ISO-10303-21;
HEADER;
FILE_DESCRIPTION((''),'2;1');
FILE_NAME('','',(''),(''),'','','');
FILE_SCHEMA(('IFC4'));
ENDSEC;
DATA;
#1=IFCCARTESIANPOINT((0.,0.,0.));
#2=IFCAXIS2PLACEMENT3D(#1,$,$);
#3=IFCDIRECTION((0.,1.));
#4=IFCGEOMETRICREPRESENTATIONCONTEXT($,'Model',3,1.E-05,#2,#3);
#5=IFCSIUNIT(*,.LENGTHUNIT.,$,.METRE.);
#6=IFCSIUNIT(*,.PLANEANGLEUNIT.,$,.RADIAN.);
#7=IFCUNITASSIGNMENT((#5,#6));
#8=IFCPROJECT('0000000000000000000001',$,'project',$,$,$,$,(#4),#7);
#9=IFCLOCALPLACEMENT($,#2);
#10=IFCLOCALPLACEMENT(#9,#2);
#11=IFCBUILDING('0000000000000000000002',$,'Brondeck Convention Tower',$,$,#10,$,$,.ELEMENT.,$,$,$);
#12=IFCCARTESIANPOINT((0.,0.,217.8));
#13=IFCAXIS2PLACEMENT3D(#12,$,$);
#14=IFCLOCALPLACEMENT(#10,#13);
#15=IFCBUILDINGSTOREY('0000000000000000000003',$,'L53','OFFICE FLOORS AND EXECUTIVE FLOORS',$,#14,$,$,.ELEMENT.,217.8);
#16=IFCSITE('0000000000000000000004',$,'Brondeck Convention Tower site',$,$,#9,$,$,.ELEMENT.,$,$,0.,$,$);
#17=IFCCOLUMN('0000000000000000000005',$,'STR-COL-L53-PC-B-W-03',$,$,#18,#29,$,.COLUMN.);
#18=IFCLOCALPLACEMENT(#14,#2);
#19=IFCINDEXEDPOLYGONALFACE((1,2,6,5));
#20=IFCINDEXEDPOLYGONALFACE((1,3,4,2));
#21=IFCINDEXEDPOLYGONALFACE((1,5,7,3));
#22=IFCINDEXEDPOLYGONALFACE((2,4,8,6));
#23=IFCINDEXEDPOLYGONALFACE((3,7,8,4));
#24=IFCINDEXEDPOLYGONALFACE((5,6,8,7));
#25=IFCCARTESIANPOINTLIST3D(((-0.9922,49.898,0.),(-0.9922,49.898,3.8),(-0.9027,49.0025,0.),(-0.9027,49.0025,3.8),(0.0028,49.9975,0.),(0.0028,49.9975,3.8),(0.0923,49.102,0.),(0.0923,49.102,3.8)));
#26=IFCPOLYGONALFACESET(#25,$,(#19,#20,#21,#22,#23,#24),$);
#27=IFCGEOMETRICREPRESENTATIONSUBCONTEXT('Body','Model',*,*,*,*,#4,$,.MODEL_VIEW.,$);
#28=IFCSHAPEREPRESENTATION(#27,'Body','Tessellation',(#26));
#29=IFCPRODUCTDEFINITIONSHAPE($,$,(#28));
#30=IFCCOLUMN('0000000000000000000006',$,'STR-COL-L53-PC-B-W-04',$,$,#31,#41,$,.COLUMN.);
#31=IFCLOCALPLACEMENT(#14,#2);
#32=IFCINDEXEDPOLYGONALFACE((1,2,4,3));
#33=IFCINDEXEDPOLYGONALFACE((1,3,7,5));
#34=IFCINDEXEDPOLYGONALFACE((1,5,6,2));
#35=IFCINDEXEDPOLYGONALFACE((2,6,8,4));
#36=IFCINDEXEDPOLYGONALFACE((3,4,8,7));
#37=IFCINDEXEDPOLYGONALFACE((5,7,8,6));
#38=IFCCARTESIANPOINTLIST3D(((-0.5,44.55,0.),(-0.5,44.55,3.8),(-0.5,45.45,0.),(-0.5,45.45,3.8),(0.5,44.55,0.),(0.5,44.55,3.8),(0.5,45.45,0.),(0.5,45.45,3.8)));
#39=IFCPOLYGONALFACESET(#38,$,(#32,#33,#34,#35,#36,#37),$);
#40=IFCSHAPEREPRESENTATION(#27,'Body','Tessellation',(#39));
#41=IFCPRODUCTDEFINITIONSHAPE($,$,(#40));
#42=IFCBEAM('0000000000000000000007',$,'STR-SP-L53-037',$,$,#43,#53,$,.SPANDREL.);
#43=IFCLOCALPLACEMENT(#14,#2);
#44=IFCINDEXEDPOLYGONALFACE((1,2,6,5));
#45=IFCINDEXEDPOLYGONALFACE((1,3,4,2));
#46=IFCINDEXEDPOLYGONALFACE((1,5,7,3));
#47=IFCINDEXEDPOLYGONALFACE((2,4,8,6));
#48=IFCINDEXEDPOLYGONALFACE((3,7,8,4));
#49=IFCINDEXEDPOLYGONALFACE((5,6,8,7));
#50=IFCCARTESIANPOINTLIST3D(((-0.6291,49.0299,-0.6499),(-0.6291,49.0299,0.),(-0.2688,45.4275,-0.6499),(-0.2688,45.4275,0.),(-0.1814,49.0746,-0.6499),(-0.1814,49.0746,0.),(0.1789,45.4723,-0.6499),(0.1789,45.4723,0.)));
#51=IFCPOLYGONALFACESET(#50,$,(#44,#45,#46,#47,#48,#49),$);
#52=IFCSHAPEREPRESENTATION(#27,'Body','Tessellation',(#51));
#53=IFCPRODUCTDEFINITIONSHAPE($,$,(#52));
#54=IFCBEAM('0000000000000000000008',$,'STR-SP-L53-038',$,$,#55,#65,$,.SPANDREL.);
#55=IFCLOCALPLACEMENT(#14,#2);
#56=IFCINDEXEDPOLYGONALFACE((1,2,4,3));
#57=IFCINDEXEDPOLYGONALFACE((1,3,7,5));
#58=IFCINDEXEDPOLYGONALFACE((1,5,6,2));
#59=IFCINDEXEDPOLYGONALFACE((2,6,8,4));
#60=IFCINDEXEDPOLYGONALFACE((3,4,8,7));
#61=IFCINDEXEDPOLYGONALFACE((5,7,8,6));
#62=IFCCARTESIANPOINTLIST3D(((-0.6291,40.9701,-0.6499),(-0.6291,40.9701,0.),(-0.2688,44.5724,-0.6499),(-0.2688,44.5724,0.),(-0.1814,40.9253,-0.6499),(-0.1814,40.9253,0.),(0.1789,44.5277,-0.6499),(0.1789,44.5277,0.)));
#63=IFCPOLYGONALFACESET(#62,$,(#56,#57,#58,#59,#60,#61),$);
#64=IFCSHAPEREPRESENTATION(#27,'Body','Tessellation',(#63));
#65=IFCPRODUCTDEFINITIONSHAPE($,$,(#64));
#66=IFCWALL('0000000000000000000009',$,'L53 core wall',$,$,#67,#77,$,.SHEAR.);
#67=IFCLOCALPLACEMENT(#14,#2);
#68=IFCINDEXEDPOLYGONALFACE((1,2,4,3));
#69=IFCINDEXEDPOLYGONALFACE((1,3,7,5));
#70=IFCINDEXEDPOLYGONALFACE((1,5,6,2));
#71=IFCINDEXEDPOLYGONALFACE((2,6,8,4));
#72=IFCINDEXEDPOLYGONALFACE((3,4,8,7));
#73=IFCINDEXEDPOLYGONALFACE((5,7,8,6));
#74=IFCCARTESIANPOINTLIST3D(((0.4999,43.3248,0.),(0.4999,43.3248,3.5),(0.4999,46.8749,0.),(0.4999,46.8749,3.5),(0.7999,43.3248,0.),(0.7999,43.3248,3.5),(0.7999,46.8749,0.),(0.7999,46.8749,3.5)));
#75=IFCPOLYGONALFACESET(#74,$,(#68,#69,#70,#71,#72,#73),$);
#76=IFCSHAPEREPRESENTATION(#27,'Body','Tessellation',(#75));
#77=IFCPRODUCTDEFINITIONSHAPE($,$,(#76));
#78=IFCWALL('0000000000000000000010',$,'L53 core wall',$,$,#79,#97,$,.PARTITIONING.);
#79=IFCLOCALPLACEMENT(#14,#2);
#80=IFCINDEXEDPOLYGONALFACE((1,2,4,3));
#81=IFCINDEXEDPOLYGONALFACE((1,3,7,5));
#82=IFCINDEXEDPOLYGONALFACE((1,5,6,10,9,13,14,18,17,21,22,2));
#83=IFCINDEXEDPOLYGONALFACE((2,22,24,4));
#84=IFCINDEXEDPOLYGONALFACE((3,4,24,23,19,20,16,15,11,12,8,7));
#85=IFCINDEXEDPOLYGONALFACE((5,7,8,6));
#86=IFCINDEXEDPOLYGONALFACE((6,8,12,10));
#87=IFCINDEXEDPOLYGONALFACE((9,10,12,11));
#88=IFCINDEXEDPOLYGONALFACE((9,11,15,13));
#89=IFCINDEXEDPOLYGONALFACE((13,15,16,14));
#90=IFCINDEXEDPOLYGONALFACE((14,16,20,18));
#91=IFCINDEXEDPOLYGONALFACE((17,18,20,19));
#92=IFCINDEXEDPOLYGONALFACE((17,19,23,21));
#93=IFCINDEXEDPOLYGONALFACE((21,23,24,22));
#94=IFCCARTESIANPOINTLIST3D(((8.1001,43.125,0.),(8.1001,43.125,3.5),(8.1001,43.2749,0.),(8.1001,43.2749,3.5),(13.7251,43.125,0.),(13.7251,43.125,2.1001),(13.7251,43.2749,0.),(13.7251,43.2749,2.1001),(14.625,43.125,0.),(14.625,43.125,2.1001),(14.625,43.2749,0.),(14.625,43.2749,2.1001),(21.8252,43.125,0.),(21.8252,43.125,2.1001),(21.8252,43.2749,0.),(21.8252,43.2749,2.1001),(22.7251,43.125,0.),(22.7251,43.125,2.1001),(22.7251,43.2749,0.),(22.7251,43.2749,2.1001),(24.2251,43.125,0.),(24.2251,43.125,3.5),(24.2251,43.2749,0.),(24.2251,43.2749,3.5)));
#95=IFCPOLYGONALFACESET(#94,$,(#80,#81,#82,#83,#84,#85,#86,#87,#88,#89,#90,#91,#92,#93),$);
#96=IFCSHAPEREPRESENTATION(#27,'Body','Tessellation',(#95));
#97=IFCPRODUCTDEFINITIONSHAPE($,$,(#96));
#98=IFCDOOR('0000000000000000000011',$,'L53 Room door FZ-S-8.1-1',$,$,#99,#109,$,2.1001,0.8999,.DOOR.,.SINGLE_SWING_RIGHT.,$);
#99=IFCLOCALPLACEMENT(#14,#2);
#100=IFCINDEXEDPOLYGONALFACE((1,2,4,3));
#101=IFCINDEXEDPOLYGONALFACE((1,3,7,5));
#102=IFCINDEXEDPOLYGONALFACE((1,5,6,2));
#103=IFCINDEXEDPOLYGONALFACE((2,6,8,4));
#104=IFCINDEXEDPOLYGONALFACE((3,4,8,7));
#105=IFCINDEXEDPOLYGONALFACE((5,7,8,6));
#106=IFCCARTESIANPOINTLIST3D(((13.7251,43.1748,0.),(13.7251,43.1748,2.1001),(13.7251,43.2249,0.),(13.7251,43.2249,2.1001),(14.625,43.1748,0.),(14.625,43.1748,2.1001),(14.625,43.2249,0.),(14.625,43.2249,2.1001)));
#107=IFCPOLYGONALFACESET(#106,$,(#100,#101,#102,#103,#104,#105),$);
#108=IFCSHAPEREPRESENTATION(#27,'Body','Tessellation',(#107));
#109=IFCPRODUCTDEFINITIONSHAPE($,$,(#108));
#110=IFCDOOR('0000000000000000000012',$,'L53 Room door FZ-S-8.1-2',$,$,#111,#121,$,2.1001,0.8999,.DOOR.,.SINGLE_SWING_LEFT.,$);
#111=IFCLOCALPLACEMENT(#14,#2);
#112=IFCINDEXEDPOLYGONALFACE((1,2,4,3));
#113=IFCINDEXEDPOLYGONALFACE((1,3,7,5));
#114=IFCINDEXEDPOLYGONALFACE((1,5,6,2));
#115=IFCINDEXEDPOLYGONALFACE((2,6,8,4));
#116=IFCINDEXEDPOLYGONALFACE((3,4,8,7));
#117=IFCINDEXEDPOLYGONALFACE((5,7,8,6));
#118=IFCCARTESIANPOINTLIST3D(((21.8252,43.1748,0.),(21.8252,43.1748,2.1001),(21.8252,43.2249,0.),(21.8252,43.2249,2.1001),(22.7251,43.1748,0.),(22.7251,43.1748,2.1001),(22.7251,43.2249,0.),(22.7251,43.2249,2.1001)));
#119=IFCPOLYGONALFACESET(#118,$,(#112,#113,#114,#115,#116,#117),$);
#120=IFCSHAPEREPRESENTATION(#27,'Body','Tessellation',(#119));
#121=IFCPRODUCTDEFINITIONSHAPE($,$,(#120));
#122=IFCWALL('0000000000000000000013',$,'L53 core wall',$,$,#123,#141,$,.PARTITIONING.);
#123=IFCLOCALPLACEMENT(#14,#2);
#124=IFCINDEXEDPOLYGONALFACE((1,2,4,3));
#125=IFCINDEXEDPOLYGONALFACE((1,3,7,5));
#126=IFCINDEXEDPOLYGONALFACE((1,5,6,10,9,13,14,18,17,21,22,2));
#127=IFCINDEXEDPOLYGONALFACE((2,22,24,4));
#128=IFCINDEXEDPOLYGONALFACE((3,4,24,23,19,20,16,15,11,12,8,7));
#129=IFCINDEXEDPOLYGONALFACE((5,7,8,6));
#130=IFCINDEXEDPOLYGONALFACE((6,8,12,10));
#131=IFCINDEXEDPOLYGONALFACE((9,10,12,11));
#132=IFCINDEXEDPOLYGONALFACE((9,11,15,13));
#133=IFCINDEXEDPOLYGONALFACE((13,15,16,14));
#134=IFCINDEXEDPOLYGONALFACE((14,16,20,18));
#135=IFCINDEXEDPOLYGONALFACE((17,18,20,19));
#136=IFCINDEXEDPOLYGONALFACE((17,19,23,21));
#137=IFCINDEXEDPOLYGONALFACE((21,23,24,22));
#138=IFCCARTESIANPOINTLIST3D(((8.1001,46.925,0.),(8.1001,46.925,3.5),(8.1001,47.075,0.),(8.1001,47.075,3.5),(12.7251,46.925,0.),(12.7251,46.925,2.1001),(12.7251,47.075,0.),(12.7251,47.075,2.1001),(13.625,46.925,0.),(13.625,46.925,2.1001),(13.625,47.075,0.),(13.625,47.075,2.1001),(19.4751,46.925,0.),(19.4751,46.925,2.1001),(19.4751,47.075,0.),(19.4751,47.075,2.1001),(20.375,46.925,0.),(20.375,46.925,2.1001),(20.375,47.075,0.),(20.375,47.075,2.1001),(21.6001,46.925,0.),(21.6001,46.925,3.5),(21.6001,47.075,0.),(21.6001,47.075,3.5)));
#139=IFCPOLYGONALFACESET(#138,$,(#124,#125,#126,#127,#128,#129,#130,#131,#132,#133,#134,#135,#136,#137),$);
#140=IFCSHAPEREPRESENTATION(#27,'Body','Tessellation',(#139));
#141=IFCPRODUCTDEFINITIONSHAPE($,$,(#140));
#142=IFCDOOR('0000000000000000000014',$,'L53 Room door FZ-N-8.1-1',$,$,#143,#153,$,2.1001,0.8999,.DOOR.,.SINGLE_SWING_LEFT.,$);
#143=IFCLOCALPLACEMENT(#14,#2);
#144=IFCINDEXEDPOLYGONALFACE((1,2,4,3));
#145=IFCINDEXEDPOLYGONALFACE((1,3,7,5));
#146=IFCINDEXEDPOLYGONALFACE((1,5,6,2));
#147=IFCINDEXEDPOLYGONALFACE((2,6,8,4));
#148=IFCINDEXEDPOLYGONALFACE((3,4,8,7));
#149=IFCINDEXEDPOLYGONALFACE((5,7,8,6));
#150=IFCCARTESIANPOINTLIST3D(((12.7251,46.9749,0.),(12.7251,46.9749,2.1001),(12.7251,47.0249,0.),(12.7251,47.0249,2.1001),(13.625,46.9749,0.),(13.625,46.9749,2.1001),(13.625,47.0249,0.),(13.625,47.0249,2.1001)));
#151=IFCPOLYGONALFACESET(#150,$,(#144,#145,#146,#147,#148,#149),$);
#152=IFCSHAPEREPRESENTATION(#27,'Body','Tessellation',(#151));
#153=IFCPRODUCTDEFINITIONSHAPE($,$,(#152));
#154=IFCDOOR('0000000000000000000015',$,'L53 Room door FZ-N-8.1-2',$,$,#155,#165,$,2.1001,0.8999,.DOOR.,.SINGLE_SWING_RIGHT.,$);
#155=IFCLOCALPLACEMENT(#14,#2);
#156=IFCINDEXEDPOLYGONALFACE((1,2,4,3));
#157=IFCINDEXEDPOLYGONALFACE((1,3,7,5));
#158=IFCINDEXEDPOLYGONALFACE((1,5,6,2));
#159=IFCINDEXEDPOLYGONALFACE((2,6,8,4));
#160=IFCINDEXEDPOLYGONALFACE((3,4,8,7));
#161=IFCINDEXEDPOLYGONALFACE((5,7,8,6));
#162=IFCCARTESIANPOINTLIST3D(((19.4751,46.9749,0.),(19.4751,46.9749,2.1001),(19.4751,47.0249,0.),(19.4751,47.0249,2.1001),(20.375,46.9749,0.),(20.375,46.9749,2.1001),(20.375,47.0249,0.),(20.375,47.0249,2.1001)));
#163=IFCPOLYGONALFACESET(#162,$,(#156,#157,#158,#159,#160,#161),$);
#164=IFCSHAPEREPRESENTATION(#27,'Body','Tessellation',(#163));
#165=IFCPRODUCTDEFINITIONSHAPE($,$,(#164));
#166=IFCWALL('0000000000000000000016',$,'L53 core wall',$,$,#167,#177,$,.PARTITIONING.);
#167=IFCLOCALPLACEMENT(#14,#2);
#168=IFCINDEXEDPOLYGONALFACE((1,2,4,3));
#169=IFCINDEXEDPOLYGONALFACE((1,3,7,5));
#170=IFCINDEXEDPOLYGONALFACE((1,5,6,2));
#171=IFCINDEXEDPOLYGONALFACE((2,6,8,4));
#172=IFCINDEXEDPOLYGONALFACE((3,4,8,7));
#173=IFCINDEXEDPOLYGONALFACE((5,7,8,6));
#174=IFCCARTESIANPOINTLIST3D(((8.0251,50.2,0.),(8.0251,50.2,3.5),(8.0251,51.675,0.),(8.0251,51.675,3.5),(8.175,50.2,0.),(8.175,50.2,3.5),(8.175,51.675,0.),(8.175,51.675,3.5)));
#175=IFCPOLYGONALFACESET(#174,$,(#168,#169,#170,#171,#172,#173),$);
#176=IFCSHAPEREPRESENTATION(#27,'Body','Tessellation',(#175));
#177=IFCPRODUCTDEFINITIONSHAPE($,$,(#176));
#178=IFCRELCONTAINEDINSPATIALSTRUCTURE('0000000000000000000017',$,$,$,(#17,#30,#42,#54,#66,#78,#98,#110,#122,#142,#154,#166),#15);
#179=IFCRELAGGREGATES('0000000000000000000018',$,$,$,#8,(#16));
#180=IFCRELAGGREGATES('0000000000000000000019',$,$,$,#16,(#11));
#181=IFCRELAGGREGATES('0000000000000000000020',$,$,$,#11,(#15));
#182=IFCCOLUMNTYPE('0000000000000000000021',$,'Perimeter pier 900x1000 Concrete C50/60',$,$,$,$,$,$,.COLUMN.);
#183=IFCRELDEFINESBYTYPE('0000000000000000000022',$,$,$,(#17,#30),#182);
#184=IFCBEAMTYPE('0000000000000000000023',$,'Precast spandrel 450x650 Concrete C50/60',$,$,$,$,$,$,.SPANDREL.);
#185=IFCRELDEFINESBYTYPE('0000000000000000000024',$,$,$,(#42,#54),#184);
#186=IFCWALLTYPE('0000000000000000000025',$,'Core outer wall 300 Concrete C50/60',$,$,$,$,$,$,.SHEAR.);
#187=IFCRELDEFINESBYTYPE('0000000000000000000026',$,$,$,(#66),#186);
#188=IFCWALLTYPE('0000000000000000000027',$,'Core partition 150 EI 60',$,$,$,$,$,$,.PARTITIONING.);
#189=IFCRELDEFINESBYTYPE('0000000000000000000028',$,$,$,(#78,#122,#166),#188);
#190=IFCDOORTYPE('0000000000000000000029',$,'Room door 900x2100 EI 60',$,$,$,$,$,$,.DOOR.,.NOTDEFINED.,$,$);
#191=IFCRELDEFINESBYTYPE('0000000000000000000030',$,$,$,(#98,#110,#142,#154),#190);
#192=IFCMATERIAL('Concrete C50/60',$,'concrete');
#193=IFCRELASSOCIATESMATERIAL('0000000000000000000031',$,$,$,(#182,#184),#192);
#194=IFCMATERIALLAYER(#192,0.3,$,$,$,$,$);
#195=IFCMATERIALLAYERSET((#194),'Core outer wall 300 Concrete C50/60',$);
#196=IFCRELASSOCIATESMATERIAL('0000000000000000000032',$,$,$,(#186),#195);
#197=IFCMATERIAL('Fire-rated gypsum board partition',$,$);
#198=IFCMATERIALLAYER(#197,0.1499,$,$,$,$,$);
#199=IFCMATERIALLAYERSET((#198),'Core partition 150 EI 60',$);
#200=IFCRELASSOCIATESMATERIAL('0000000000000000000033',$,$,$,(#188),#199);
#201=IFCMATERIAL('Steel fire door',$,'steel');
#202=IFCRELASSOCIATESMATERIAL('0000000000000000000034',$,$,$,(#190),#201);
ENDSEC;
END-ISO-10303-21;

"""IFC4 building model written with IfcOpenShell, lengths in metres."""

from ifc_helpers import new_model, si_unit, direction, frame, frame_2d, origin, origin_2d, place, context, subcontext, project, spatial, rectangle, extrude, material, layer, layer_set, material_profile, profile_set, type_object, element, fill, save


model = new_model("IFC4")

# Units and contexts
model_context = context("Model", 3, precision=1e-05, world=origin(), true_north=direction((0.0, 1.0)))
body_context = subcontext(model_context, "Body", "Model", "MODEL_VIEW")
ifc_project = project(units=[si_unit("LENGTHUNIT", "METRE"), si_unit("PLANEANGLEUNIT", "RADIAN")], contexts=[model_context])

# Site, building, storey
site_placement = place(None, origin())
site = spatial("IfcSite", under=ifc_project, at=site_placement, Name="Brondeck Convention Tower site", CompositionType="ELEMENT", RefElevation=0.0)
building_placement = place(site_placement, origin())
building = spatial("IfcBuilding", under=site, at=building_placement, Name="Brondeck Convention Tower", CompositionType="ELEMENT")
storey_placement = place(building_placement, frame((0.0, 0.0, 217.8)))
storey = spatial("IfcBuildingStorey", under=building, at=storey_placement, Name="L53", Description="OFFICE FLOORS AND EXECUTIVE FLOORS", CompositionType="ELEMENT", Elevation=217.8)

# Columns
ifc_material_1 = material(Name="Concrete C50/60", Category="concrete")
ifc_material_profile_1 = material_profile(ifc_material_1, rectangle(XDim=0.8999, YDim=1.0, at=origin_2d()), Name="Perimeter pier 900x1000 Concrete C50/60")
ifc_profile_set_1 = profile_set([ifc_material_profile_1], Name="Concrete C50/60")
column_type = type_object("IfcColumnType", Name="Perimeter pier 900x1000 Concrete C50/60", PredefinedType="COLUMN", material=ifc_profile_set_1)
for number, where, z_axis, x_axis, name in (
    (1, (-0.45, 49.5, 0.0), (0.0, 0.0, 1.0), (0.099504, -0.995037, 0.0), "STR-COL-L53-PC-B-W-03"),
    (2, (0.0, 45.0, 0.0), (0.0, 0.0, 1.0), (0.0, -1.0, 0.0), "STR-COL-L53-PC-B-W-04"),
):
    element("IfcColumn", number, at=place(storey_placement, frame(where, z_axis=z_axis, x_axis=x_axis)), inside=storey, type_object=column_type, Name=name, PredefinedType="COLUMN", context=body_context, shape_type="SweptSolid", body=[
        extrude(rectangle(XDim=0.8999, YDim=1.0, at=origin_2d()), origin(), (0.0, 0.0, 1.0), 3.8),
    ])

# Beams
ifc_material_profile_2 = material_profile(ifc_material_1, rectangle(XDim=0.45, YDim=0.6499, at=origin_2d()), Name="Precast spandrel 450x650 Concrete C50/60")
ifc_profile_set_2 = profile_set([ifc_material_profile_2], Name="Concrete C50/60")
beam_type = type_object("IfcBeamType", Name="Precast spandrel 450x650 Concrete C50/60", PredefinedType="SPANDREL", material=ifc_profile_set_2)
for number, where, z_axis, x_axis, name in (
    (3, (-0.4053, 49.0522, -0.325), (0.099537, -0.995034, 0.0), (0.995034, 0.099537, 0.0), "STR-SP-L53-037"),
    (4, (-0.0449, 44.55, -0.325), (-0.099537, -0.995034, 0.0), (0.995034, -0.099537, 0.0), "STR-SP-L53-038"),
):
    element("IfcBeam", number, at=place(storey_placement, frame(where, z_axis=z_axis, x_axis=x_axis)), inside=storey, type_object=beam_type, Name=name, PredefinedType="SPANDREL", context=body_context, shape_type="SweptSolid", body=[
        extrude(rectangle(XDim=0.45, YDim=0.6499, at=origin_2d()), origin(), (0.0, 0.0, 1.0), 3.6204),
    ])

# Wall
ifc_layer_1 = layer(ifc_material_1, 0.3)
ifc_layer_set_1 = layer_set([ifc_layer_1], Name="Core outer wall 300 Concrete C50/60")
wall_type_1 = type_object("IfcWallType", Name="Core outer wall 300 Concrete C50/60", PredefinedType="SHEAR", material=ifc_layer_set_1)
wall_1_placement = place(storey_placement, frame((0.6499, 43.325, 0.0), z_axis=(0.0, 0.0, 1.0), x_axis=(0.0, 1.0, 0.0)))
element("IfcWall", 5, at=wall_1_placement, inside=storey, type_object=wall_type_1, Name="L53 core wall", PredefinedType="SHEAR", context=body_context, shape_type="SweptSolid", body=[
    extrude(rectangle(XDim=3.55, YDim=0.3, at=frame_2d((1.7749, 0.0))), origin(), (0.0, 0.0, 1.0), 3.5),
])

# Walls, openings, doors
ifc_material_2 = material(Name="Fire-rated gypsum board partition")
ifc_layer_2 = layer(ifc_material_2, 0.1499)
ifc_layer_set_2 = layer_set([ifc_layer_2], Name="Core partition 150 EI 60")
wall_type_2 = type_object("IfcWallType", Name="Core partition 150 EI 60", PredefinedType="PARTITIONING", material=ifc_layer_set_2)
wall_2_placement = place(storey_placement, frame((8.1001, 43.2, 0.0), z_axis=(0.0, 0.0, 1.0), x_axis=(1.0, 0.0, 0.0)))
wall_2 = element("IfcWall", 6, at=wall_2_placement, inside=storey, type_object=wall_type_2, Name="L53 core wall", PredefinedType="PARTITIONING", context=body_context, shape_type="SweptSolid", body=[
    extrude(rectangle(XDim=16.125, YDim=0.1499, at=frame_2d((8.0625, 0.0))), origin(), (0.0, 0.0, 1.0), 3.5),
])
opening_1_placement = place(wall_2_placement, frame((5.625, 0.0, 0.0)))
opening_1 = element("IfcOpeningElement", 7, at=opening_1_placement, cuts=wall_2, PredefinedType="OPENING", context=body_context, shape_type="SweptSolid", body=[
    extrude(rectangle(XDim=0.8999, YDim=2.1001, at=frame_2d((0.45, 1.05))), frame((0.0, 0.085, 0.0), z_axis=(0.0, -1.0, 0.0), x_axis=(1.0, 0.0, 0.0)), (0.0, 0.0, 1.0), 0.1699),
])
opening_2_placement = place(wall_2_placement, frame((13.7251, 0.0, 0.0)))
opening_2 = element("IfcOpeningElement", 8, at=opening_2_placement, cuts=wall_2, PredefinedType="OPENING", context=body_context, shape_type="SweptSolid", body=[
    extrude(rectangle(XDim=0.8999, YDim=2.1001, at=frame_2d((0.45, 1.05))), frame((0.0, 0.085, 0.0), z_axis=(0.0, -1.0, 0.0), x_axis=(1.0, 0.0, 0.0)), (0.0, 0.0, 1.0), 0.1699),
])
ifc_material_3 = material(Name="Steel fire door", Category="steel")
door_type_1 = type_object("IfcDoorType", Name="Room door 900x2100 EI 60", OperationType="NOTDEFINED", PredefinedType="DOOR", material=ifc_material_3)
door_1_placement = place(opening_1_placement, origin())
door_1 = element("IfcDoor", 9, at=door_1_placement, inside=storey, type_object=door_type_1, Name="L53 Room door FZ-S-8.1-1", OperationType="SINGLE_SWING_RIGHT", OverallHeight=2.1001, OverallWidth=0.8999, PredefinedType="DOOR", context=body_context, shape_type="SweptSolid", body=[
    extrude(rectangle(XDim=0.8999, YDim=2.1001, at=frame_2d((0.45, 1.05))), frame((0.0, 0.0249, 0.0), z_axis=(0.0, -1.0, 0.0), x_axis=(1.0, 0.0, 0.0)), (0.0, 0.0, 1.0), 0.05),
])
fill(opening_1, door_1)
door_2_placement = place(opening_2_placement, origin())
door_2 = element("IfcDoor", 10, at=door_2_placement, inside=storey, type_object=door_type_1, Name="L53 Room door FZ-S-8.1-2", OperationType="SINGLE_SWING_LEFT", OverallHeight=2.1001, OverallWidth=0.8999, PredefinedType="DOOR", context=body_context, shape_type="SweptSolid", body=[
    extrude(rectangle(XDim=0.8999, YDim=2.1001, at=frame_2d((0.45, 1.05))), frame((0.0, 0.0249, 0.0), z_axis=(0.0, -1.0, 0.0), x_axis=(1.0, 0.0, 0.0)), (0.0, 0.0, 1.0), 0.05),
])
fill(opening_2, door_2)
wall_3_placement = place(storey_placement, frame((8.1001, 47.0, 0.0), z_axis=(0.0, 0.0, 1.0), x_axis=(1.0, 0.0, 0.0)))
wall_3 = element("IfcWall", 11, at=wall_3_placement, inside=storey, type_object=wall_type_2, Name="L53 core wall", PredefinedType="PARTITIONING", context=body_context, shape_type="SweptSolid", body=[
    extrude(rectangle(XDim=13.5, YDim=0.1499, at=frame_2d((6.75, 0.0))), origin(), (0.0, 0.0, 1.0), 3.5),
])
opening_3_placement = place(wall_3_placement, frame((4.625, 0.0, 0.0)))
opening_3 = element("IfcOpeningElement", 12, at=opening_3_placement, cuts=wall_3, PredefinedType="OPENING", context=body_context, shape_type="SweptSolid", body=[
    extrude(rectangle(XDim=0.8999, YDim=2.1001, at=frame_2d((0.45, 1.05))), frame((0.0, 0.085, 0.0), z_axis=(0.0, -1.0, 0.0), x_axis=(1.0, 0.0, 0.0)), (0.0, 0.0, 1.0), 0.1699),
])
opening_4_placement = place(wall_3_placement, frame((11.375, 0.0, 0.0)))
opening_4 = element("IfcOpeningElement", 13, at=opening_4_placement, cuts=wall_3, PredefinedType="OPENING", context=body_context, shape_type="SweptSolid", body=[
    extrude(rectangle(XDim=0.8999, YDim=2.1001, at=frame_2d((0.45, 1.05))), frame((0.0, 0.085, 0.0), z_axis=(0.0, -1.0, 0.0), x_axis=(1.0, 0.0, 0.0)), (0.0, 0.0, 1.0), 0.1699),
])
door_3_placement = place(opening_3_placement, origin())
door_3 = element("IfcDoor", 14, at=door_3_placement, inside=storey, type_object=door_type_1, Name="L53 Room door FZ-N-8.1-1", OperationType="SINGLE_SWING_LEFT", OverallHeight=2.1001, OverallWidth=0.8999, PredefinedType="DOOR", context=body_context, shape_type="SweptSolid", body=[
    extrude(rectangle(XDim=0.8999, YDim=2.1001, at=frame_2d((0.45, 1.05))), frame((0.0, 0.0249, 0.0), z_axis=(0.0, -1.0, 0.0), x_axis=(1.0, 0.0, 0.0)), (0.0, 0.0, 1.0), 0.05),
])
fill(opening_3, door_3)
door_4_placement = place(opening_4_placement, origin())
door_4 = element("IfcDoor", 15, at=door_4_placement, inside=storey, type_object=door_type_1, Name="L53 Room door FZ-N-8.1-2", OperationType="SINGLE_SWING_RIGHT", OverallHeight=2.1001, OverallWidth=0.8999, PredefinedType="DOOR", context=body_context, shape_type="SweptSolid", body=[
    extrude(rectangle(XDim=0.8999, YDim=2.1001, at=frame_2d((0.45, 1.05))), frame((0.0, 0.0249, 0.0), z_axis=(0.0, -1.0, 0.0), x_axis=(1.0, 0.0, 0.0)), (0.0, 0.0, 1.0), 0.05),
])
fill(opening_4, door_4)

# Wall
wall_4_placement = place(storey_placement, frame((8.1001, 50.2, 0.0), z_axis=(0.0, 0.0, 1.0), x_axis=(0.0, 1.0, 0.0)))
element("IfcWall", 16, at=wall_4_placement, inside=storey, type_object=wall_type_2, Name="L53 core wall", PredefinedType="PARTITIONING", context=body_context, shape_type="SweptSolid", body=[
    extrude(rectangle(XDim=1.4751, YDim=0.1499, at=frame_2d((0.7375, 0.0))), origin(), (0.0, 0.0, 1.0), 3.5),
])

save(model, "model.ifc")
